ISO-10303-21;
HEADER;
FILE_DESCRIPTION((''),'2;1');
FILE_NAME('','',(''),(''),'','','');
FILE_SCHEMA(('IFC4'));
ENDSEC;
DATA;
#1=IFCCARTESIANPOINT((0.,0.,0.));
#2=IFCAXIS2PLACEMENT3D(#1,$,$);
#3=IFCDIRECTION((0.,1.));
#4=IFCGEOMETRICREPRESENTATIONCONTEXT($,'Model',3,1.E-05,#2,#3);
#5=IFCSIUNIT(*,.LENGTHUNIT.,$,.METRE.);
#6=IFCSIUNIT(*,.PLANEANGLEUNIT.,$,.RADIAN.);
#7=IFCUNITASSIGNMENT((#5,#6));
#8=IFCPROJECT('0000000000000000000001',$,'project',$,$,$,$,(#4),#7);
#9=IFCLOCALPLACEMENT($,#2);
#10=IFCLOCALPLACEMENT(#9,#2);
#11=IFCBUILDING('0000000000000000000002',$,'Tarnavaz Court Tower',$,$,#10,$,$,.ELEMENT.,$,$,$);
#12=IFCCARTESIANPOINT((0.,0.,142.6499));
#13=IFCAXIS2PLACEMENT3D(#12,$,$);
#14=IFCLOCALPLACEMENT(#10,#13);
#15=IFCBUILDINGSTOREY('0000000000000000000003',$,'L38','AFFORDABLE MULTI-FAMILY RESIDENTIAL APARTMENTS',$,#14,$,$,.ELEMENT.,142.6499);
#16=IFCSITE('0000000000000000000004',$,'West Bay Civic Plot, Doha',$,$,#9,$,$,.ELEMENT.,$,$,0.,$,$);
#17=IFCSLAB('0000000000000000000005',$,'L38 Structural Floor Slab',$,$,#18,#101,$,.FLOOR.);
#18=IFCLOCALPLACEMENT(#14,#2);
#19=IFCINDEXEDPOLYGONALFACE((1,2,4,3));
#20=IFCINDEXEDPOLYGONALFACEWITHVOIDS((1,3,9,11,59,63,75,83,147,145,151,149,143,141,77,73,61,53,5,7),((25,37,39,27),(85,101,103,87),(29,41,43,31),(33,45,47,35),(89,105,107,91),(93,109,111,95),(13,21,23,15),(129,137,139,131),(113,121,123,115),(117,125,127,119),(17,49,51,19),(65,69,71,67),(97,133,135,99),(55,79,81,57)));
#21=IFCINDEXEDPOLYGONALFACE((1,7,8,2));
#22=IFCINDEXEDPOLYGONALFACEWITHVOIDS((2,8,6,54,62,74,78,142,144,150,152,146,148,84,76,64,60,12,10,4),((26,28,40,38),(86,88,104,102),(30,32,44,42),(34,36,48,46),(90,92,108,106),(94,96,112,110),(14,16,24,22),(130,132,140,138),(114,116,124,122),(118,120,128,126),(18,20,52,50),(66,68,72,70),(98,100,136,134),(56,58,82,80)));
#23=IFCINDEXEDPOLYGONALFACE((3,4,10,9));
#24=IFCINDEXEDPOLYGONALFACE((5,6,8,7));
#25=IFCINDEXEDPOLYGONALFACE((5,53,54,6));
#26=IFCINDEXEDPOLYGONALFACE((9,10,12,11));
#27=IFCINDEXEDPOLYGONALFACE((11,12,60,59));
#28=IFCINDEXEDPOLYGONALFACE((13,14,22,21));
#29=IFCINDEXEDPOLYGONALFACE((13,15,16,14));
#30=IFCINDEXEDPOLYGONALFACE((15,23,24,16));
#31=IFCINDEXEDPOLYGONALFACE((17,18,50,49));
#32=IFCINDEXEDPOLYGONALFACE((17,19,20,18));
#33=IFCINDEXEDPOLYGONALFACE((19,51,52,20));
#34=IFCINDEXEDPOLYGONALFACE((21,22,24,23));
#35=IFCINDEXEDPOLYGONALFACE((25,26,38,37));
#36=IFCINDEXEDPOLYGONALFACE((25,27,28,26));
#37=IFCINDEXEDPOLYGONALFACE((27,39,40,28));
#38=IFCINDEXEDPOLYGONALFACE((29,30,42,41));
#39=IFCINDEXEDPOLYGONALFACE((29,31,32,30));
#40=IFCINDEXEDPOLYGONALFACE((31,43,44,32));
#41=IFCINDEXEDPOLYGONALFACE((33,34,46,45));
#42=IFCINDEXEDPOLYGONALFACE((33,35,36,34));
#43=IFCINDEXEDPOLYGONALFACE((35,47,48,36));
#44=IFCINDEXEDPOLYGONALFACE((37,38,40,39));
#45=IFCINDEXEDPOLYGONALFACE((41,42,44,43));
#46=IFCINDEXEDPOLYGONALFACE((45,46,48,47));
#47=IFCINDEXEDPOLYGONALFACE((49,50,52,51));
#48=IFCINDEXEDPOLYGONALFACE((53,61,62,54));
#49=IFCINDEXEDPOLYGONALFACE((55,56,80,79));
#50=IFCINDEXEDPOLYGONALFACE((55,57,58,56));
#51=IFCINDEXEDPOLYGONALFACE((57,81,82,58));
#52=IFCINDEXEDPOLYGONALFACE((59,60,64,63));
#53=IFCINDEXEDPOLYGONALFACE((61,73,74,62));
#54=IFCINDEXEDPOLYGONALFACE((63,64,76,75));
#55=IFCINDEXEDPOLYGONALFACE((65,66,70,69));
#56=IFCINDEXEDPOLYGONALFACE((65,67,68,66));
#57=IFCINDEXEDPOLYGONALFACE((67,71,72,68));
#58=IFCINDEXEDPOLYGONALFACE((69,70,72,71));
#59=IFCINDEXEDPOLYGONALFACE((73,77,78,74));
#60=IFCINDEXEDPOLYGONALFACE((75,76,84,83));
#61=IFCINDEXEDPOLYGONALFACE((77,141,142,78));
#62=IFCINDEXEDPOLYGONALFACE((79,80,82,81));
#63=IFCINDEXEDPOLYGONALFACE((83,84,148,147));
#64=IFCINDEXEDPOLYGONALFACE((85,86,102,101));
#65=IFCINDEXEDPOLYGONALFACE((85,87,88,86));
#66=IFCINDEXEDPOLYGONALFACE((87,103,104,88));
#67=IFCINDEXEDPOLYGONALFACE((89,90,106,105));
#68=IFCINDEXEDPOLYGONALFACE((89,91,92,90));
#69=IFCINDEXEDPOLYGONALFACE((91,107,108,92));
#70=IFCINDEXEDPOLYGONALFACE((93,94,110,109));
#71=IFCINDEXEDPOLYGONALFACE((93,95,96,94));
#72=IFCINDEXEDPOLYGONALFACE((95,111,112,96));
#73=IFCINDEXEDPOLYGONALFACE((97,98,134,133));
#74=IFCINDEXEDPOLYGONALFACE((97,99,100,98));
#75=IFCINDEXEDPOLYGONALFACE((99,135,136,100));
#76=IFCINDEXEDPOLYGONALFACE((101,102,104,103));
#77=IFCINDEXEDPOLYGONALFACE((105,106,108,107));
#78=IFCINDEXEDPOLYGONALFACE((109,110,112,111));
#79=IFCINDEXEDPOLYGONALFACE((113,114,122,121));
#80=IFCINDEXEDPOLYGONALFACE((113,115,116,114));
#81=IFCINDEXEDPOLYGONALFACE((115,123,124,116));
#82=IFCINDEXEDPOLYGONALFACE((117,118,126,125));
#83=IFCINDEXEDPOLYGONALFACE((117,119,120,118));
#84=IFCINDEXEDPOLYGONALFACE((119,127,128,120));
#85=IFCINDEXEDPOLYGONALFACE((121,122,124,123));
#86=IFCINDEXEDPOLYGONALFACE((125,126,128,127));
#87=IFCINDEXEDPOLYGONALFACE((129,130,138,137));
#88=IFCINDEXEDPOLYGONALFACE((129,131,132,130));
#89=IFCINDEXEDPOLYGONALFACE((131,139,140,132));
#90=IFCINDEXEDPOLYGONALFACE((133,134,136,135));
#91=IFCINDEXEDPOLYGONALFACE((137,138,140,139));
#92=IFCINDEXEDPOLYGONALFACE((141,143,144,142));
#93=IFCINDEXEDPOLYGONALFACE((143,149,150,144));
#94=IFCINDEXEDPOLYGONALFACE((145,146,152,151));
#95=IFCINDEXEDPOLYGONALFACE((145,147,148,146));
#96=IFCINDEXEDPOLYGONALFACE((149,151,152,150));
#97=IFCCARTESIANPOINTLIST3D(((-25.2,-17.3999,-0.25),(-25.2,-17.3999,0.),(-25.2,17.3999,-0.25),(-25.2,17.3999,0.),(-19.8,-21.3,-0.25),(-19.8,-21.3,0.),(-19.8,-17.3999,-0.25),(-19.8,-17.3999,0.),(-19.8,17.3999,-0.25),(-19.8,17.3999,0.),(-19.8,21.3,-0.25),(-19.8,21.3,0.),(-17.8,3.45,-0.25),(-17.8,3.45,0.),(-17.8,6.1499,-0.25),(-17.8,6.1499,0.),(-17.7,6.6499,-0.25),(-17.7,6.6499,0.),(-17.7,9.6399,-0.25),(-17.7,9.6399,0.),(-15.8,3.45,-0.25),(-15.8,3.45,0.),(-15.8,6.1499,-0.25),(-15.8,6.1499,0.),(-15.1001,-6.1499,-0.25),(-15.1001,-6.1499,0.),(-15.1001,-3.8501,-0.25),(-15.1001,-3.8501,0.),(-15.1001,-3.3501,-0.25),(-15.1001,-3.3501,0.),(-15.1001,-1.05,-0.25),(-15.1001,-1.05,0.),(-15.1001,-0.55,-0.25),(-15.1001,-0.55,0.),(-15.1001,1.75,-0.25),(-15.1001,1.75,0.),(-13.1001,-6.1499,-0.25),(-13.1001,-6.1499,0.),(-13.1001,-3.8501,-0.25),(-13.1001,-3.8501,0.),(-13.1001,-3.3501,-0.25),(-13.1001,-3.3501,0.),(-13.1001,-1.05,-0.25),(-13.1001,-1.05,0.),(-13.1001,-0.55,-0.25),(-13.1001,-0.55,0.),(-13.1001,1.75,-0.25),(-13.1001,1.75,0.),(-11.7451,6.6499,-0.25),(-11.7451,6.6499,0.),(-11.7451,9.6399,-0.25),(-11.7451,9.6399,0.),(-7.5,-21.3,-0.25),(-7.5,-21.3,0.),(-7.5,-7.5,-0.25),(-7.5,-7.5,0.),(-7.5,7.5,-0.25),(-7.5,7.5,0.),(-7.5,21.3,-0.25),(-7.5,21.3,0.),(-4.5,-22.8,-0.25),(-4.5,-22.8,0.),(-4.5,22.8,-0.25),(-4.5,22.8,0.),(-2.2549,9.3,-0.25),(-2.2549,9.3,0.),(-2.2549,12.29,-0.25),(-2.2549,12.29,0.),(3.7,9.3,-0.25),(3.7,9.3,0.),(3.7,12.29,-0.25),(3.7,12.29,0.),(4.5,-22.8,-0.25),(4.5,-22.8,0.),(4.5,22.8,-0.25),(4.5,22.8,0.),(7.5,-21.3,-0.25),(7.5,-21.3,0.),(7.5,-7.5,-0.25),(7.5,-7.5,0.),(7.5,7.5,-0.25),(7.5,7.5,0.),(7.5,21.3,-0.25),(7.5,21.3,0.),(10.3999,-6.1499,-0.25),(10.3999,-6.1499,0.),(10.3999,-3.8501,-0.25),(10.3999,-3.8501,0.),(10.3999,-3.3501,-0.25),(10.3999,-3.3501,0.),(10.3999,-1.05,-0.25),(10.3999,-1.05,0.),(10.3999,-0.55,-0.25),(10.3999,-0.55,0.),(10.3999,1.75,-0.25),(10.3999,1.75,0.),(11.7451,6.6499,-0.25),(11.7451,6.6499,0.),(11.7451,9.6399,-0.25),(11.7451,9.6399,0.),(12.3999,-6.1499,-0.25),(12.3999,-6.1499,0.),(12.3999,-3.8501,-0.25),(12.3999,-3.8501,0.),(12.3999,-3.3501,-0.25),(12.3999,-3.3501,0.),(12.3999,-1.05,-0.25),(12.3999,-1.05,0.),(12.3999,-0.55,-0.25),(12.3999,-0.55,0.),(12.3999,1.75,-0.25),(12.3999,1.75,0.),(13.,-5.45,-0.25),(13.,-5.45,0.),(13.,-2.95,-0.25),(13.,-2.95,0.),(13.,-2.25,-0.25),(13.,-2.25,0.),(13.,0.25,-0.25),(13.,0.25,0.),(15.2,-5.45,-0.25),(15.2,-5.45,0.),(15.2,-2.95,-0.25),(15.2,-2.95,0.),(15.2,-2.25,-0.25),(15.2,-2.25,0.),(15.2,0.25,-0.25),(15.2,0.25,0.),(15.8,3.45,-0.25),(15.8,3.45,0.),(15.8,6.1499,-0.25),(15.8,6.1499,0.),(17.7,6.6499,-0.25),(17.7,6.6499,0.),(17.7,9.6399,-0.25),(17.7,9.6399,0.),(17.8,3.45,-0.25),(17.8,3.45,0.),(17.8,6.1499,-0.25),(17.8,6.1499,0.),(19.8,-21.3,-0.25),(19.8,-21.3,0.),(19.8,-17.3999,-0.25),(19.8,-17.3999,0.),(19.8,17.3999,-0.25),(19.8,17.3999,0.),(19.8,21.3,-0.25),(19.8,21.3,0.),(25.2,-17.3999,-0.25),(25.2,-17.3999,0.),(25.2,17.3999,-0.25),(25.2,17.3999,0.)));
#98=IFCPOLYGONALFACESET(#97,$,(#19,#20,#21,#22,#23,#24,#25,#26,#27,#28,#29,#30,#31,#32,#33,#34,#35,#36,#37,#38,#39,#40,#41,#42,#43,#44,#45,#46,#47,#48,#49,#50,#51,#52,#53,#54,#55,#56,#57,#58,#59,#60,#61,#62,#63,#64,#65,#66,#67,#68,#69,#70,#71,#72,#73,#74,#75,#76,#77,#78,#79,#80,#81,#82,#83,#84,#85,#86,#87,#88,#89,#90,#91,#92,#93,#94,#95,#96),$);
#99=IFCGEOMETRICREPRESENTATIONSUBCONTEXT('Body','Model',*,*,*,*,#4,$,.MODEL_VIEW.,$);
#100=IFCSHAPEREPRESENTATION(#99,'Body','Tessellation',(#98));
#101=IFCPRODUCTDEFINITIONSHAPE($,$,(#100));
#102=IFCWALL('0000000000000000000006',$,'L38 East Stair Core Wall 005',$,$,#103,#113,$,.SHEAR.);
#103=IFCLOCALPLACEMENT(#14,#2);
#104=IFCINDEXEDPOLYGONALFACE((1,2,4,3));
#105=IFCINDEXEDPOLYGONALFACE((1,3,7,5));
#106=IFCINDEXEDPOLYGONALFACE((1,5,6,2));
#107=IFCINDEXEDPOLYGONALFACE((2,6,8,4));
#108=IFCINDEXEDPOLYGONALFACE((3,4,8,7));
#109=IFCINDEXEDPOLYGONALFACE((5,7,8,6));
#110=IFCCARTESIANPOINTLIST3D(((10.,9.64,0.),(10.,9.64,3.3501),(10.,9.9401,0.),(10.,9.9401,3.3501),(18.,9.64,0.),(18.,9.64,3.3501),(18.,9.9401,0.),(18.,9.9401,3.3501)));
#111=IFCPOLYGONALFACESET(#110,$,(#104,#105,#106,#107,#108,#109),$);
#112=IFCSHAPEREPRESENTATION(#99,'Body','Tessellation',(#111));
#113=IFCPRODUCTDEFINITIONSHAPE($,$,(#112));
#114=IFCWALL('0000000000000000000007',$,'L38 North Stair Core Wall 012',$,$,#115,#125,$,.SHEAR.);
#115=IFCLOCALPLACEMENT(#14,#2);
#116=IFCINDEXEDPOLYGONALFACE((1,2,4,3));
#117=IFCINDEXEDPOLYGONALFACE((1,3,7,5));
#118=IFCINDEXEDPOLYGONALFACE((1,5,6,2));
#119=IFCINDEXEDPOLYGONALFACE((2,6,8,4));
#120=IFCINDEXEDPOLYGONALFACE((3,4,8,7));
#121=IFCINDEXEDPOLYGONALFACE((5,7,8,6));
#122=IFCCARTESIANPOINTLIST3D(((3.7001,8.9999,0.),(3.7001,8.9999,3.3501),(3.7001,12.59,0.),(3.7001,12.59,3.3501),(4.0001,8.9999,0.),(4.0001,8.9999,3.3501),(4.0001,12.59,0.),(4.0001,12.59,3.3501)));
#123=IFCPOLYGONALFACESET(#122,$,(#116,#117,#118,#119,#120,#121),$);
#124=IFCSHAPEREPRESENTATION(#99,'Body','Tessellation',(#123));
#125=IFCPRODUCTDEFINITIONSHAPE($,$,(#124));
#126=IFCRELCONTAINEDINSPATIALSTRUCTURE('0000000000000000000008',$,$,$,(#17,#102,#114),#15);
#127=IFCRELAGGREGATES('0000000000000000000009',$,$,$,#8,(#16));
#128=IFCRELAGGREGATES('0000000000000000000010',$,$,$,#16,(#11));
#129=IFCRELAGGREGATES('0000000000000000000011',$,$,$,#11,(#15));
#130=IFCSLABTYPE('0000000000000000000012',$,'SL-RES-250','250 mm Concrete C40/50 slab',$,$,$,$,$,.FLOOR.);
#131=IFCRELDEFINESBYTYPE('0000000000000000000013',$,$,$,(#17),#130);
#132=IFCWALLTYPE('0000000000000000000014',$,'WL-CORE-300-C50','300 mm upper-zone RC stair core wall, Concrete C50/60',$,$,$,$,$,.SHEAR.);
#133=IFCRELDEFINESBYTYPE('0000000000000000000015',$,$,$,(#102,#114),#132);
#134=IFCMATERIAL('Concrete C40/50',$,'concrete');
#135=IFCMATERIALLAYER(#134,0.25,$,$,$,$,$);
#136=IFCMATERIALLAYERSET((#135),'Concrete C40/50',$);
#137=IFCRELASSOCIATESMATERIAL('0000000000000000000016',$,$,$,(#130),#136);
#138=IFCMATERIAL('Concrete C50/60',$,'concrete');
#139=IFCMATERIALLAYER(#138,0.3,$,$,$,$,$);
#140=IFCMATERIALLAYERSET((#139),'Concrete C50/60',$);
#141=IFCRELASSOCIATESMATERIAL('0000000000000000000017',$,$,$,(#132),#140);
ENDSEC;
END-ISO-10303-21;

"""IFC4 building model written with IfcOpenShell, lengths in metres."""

from ifc_helpers import new_model, si_unit, direction, frame, frame_2d, origin, place, context, subcontext, project, spatial, polyline, rectangle, outline, extrude, material, layer, layer_set, type_object, element, save


model = new_model("IFC4")

# Units and contexts
model_context = context("Model", 3, precision=1e-05, world=origin(), true_north=direction((0.0, 1.0)))
body_context = subcontext(model_context, "Body", "Model", "MODEL_VIEW")
ifc_project = project(units=[si_unit("LENGTHUNIT", "METRE"), si_unit("PLANEANGLEUNIT", "RADIAN")], contexts=[model_context])

# Site, building, storey
site_placement = place(None, origin())
site = spatial("IfcSite", under=ifc_project, at=site_placement, Name="West Bay Civic Plot, Doha", CompositionType="ELEMENT", RefElevation=0.0)
building_placement = place(site_placement, origin())
building = spatial("IfcBuilding", under=site, at=building_placement, Name="Tarnavaz Court Tower", CompositionType="ELEMENT")
storey_placement = place(building_placement, frame((0.0, 0.0, 142.6499)))
storey = spatial("IfcBuildingStorey", under=building, at=storey_placement, Name="L38", Description="AFFORDABLE MULTI-FAMILY RESIDENTIAL APARTMENTS", CompositionType="ELEMENT", Elevation=142.6499)

# Shared definitions
ifc_material_1 = material(Name="Concrete C40/50", Category="concrete")

# Slab
ifc_layer_1 = layer(ifc_material_1, 0.25)
ifc_layer_set_1 = layer_set([ifc_layer_1], Name="Concrete C40/50")
slab_type_1 = type_object("IfcSlabType", Name="SL-RES-250", Description="250 mm Concrete C40/50 slab", PredefinedType="FLOOR", material=ifc_layer_set_1)
slab_1_placement = place(storey_placement, frame((0.0, 0.0, -0.25)))
element("IfcSlab", 1, at=slab_1_placement, inside=storey, type_object=slab_type_1, Name="L38 Structural Floor Slab", PredefinedType="FLOOR", context=body_context, shape_type="SweptSolid", body=[
    extrude(outline(polyline([(-19.8, -21.3), (-7.5, -21.3), (-4.5, -22.8), (4.5, -22.8), (7.5, -21.3), (19.8, -21.3), (19.8, -17.3999), (25.2, -17.3999), (25.2, 17.3999), (19.8, 17.3999), (19.8, 21.3), (7.5, 21.3), (4.5, 22.8), (-4.5, 22.8), (-7.5, 21.3), (-19.8, 21.3), (-19.8, 17.3999), (-25.2, 17.3999), (-25.2, -17.3999), (-19.8, -17.3999), (-19.8, -21.3)]), holes=[polyline([(-7.5, -7.5), (7.5, -7.5), (7.5, 7.5), (-7.5, 7.5), (-7.5, -7.5)]), polyline([(-11.7451, 9.6399), (-17.7, 9.6399), (-17.7, 6.6499), (-11.7451, 6.6499), (-11.7451, 9.6399)]), polyline([(11.7451, 6.6499), (17.7, 6.6499), (17.7, 9.6399), (11.7451, 9.6399), (11.7451, 6.6499)]), polyline([(-2.2549, 9.3), (3.7, 9.3), (3.7, 12.29), (-2.2549, 12.29), (-2.2549, 9.3)]), polyline([(-17.8, 3.45), (-15.8, 3.45), (-15.8, 6.1499), (-17.8, 6.1499), (-17.8, 3.45)]), polyline([(-15.1001, -6.1499), (-13.1001, -6.1499), (-13.1001, -3.8501), (-15.1001, -3.8501), (-15.1001, -6.1499)]), polyline([(-15.1001, -3.3501), (-13.1001, -3.3501), (-13.1001, -1.05), (-15.1001, -1.05), (-15.1001, -3.3501)]), polyline([(-15.1001, -0.55), (-13.1001, -0.55), (-13.1001, 1.75), (-15.1001, 1.75), (-15.1001, -0.55)]), polyline([(15.8, 3.45), (17.8, 3.45), (17.8, 6.1499), (15.8, 6.1499), (15.8, 3.45)]), polyline([(10.3999, -6.1499), (12.3999, -6.1499), (12.3999, -3.8501), (10.3999, -3.8501), (10.3999, -6.1499)]), polyline([(10.3999, -3.3501), (12.3999, -3.3501), (12.3999, -1.05), (10.3999, -1.05), (10.3999, -3.3501)]), polyline([(10.3999, -0.55), (12.3999, -0.55), (12.3999, 1.75), (10.3999, 1.75), (10.3999, -0.55)]), polyline([(13.0, -5.45), (15.2, -5.45), (15.2, -2.95), (13.0, -2.95), (13.0, -5.45)]), polyline([(13.0, -2.25), (15.2, -2.25), (15.2, 0.25), (13.0, 0.25), (13.0, -2.25)])]), origin(), (0.0, 0.0, 1.0), 0.25),
])

# Wall
ifc_material_2 = material(Name="Concrete C50/60", Category="concrete")
ifc_layer_2 = layer(ifc_material_2, 0.3)
ifc_layer_set_2 = layer_set([ifc_layer_2], Name="Concrete C50/60")
wall_type_1 = type_object("IfcWallType", Name="WL-CORE-300-C50", Description="300 mm upper-zone RC stair core wall, Concrete C50/60", PredefinedType="SHEAR", material=ifc_layer_set_2)
wall_1_placement = place(storey_placement, frame((10.0, 9.79, 0.0), z_axis=(0.0, 0.0, 1.0), x_axis=(1.0, 0.0, 0.0)))
element("IfcWall", 2, at=wall_1_placement, inside=storey, type_object=wall_type_1, Name="L38 East Stair Core Wall 005", PredefinedType="SHEAR", context=body_context, shape_type="SweptSolid", body=[
    extrude(rectangle(XDim=8.0, YDim=0.3, at=frame_2d((4.0, 0.0))), origin(), (0.0, 0.0, 1.0), 3.3501),
])

# Wall
wall_2_placement = place(storey_placement, frame((3.8501, 9.0, 0.0), z_axis=(0.0, 0.0, 1.0), x_axis=(0.0, 1.0, 0.0)))
element("IfcWall", 3, at=wall_2_placement, inside=storey, type_object=wall_type_1, Name="L38 North Stair Core Wall 012", PredefinedType="SHEAR", context=body_context, shape_type="SweptSolid", body=[
    extrude(rectangle(XDim=3.5901, YDim=0.3, at=frame_2d((1.7949, 0.0))), origin(), (0.0, 0.0, 1.0), 3.3501),
])

save(model, "model.ifc")
